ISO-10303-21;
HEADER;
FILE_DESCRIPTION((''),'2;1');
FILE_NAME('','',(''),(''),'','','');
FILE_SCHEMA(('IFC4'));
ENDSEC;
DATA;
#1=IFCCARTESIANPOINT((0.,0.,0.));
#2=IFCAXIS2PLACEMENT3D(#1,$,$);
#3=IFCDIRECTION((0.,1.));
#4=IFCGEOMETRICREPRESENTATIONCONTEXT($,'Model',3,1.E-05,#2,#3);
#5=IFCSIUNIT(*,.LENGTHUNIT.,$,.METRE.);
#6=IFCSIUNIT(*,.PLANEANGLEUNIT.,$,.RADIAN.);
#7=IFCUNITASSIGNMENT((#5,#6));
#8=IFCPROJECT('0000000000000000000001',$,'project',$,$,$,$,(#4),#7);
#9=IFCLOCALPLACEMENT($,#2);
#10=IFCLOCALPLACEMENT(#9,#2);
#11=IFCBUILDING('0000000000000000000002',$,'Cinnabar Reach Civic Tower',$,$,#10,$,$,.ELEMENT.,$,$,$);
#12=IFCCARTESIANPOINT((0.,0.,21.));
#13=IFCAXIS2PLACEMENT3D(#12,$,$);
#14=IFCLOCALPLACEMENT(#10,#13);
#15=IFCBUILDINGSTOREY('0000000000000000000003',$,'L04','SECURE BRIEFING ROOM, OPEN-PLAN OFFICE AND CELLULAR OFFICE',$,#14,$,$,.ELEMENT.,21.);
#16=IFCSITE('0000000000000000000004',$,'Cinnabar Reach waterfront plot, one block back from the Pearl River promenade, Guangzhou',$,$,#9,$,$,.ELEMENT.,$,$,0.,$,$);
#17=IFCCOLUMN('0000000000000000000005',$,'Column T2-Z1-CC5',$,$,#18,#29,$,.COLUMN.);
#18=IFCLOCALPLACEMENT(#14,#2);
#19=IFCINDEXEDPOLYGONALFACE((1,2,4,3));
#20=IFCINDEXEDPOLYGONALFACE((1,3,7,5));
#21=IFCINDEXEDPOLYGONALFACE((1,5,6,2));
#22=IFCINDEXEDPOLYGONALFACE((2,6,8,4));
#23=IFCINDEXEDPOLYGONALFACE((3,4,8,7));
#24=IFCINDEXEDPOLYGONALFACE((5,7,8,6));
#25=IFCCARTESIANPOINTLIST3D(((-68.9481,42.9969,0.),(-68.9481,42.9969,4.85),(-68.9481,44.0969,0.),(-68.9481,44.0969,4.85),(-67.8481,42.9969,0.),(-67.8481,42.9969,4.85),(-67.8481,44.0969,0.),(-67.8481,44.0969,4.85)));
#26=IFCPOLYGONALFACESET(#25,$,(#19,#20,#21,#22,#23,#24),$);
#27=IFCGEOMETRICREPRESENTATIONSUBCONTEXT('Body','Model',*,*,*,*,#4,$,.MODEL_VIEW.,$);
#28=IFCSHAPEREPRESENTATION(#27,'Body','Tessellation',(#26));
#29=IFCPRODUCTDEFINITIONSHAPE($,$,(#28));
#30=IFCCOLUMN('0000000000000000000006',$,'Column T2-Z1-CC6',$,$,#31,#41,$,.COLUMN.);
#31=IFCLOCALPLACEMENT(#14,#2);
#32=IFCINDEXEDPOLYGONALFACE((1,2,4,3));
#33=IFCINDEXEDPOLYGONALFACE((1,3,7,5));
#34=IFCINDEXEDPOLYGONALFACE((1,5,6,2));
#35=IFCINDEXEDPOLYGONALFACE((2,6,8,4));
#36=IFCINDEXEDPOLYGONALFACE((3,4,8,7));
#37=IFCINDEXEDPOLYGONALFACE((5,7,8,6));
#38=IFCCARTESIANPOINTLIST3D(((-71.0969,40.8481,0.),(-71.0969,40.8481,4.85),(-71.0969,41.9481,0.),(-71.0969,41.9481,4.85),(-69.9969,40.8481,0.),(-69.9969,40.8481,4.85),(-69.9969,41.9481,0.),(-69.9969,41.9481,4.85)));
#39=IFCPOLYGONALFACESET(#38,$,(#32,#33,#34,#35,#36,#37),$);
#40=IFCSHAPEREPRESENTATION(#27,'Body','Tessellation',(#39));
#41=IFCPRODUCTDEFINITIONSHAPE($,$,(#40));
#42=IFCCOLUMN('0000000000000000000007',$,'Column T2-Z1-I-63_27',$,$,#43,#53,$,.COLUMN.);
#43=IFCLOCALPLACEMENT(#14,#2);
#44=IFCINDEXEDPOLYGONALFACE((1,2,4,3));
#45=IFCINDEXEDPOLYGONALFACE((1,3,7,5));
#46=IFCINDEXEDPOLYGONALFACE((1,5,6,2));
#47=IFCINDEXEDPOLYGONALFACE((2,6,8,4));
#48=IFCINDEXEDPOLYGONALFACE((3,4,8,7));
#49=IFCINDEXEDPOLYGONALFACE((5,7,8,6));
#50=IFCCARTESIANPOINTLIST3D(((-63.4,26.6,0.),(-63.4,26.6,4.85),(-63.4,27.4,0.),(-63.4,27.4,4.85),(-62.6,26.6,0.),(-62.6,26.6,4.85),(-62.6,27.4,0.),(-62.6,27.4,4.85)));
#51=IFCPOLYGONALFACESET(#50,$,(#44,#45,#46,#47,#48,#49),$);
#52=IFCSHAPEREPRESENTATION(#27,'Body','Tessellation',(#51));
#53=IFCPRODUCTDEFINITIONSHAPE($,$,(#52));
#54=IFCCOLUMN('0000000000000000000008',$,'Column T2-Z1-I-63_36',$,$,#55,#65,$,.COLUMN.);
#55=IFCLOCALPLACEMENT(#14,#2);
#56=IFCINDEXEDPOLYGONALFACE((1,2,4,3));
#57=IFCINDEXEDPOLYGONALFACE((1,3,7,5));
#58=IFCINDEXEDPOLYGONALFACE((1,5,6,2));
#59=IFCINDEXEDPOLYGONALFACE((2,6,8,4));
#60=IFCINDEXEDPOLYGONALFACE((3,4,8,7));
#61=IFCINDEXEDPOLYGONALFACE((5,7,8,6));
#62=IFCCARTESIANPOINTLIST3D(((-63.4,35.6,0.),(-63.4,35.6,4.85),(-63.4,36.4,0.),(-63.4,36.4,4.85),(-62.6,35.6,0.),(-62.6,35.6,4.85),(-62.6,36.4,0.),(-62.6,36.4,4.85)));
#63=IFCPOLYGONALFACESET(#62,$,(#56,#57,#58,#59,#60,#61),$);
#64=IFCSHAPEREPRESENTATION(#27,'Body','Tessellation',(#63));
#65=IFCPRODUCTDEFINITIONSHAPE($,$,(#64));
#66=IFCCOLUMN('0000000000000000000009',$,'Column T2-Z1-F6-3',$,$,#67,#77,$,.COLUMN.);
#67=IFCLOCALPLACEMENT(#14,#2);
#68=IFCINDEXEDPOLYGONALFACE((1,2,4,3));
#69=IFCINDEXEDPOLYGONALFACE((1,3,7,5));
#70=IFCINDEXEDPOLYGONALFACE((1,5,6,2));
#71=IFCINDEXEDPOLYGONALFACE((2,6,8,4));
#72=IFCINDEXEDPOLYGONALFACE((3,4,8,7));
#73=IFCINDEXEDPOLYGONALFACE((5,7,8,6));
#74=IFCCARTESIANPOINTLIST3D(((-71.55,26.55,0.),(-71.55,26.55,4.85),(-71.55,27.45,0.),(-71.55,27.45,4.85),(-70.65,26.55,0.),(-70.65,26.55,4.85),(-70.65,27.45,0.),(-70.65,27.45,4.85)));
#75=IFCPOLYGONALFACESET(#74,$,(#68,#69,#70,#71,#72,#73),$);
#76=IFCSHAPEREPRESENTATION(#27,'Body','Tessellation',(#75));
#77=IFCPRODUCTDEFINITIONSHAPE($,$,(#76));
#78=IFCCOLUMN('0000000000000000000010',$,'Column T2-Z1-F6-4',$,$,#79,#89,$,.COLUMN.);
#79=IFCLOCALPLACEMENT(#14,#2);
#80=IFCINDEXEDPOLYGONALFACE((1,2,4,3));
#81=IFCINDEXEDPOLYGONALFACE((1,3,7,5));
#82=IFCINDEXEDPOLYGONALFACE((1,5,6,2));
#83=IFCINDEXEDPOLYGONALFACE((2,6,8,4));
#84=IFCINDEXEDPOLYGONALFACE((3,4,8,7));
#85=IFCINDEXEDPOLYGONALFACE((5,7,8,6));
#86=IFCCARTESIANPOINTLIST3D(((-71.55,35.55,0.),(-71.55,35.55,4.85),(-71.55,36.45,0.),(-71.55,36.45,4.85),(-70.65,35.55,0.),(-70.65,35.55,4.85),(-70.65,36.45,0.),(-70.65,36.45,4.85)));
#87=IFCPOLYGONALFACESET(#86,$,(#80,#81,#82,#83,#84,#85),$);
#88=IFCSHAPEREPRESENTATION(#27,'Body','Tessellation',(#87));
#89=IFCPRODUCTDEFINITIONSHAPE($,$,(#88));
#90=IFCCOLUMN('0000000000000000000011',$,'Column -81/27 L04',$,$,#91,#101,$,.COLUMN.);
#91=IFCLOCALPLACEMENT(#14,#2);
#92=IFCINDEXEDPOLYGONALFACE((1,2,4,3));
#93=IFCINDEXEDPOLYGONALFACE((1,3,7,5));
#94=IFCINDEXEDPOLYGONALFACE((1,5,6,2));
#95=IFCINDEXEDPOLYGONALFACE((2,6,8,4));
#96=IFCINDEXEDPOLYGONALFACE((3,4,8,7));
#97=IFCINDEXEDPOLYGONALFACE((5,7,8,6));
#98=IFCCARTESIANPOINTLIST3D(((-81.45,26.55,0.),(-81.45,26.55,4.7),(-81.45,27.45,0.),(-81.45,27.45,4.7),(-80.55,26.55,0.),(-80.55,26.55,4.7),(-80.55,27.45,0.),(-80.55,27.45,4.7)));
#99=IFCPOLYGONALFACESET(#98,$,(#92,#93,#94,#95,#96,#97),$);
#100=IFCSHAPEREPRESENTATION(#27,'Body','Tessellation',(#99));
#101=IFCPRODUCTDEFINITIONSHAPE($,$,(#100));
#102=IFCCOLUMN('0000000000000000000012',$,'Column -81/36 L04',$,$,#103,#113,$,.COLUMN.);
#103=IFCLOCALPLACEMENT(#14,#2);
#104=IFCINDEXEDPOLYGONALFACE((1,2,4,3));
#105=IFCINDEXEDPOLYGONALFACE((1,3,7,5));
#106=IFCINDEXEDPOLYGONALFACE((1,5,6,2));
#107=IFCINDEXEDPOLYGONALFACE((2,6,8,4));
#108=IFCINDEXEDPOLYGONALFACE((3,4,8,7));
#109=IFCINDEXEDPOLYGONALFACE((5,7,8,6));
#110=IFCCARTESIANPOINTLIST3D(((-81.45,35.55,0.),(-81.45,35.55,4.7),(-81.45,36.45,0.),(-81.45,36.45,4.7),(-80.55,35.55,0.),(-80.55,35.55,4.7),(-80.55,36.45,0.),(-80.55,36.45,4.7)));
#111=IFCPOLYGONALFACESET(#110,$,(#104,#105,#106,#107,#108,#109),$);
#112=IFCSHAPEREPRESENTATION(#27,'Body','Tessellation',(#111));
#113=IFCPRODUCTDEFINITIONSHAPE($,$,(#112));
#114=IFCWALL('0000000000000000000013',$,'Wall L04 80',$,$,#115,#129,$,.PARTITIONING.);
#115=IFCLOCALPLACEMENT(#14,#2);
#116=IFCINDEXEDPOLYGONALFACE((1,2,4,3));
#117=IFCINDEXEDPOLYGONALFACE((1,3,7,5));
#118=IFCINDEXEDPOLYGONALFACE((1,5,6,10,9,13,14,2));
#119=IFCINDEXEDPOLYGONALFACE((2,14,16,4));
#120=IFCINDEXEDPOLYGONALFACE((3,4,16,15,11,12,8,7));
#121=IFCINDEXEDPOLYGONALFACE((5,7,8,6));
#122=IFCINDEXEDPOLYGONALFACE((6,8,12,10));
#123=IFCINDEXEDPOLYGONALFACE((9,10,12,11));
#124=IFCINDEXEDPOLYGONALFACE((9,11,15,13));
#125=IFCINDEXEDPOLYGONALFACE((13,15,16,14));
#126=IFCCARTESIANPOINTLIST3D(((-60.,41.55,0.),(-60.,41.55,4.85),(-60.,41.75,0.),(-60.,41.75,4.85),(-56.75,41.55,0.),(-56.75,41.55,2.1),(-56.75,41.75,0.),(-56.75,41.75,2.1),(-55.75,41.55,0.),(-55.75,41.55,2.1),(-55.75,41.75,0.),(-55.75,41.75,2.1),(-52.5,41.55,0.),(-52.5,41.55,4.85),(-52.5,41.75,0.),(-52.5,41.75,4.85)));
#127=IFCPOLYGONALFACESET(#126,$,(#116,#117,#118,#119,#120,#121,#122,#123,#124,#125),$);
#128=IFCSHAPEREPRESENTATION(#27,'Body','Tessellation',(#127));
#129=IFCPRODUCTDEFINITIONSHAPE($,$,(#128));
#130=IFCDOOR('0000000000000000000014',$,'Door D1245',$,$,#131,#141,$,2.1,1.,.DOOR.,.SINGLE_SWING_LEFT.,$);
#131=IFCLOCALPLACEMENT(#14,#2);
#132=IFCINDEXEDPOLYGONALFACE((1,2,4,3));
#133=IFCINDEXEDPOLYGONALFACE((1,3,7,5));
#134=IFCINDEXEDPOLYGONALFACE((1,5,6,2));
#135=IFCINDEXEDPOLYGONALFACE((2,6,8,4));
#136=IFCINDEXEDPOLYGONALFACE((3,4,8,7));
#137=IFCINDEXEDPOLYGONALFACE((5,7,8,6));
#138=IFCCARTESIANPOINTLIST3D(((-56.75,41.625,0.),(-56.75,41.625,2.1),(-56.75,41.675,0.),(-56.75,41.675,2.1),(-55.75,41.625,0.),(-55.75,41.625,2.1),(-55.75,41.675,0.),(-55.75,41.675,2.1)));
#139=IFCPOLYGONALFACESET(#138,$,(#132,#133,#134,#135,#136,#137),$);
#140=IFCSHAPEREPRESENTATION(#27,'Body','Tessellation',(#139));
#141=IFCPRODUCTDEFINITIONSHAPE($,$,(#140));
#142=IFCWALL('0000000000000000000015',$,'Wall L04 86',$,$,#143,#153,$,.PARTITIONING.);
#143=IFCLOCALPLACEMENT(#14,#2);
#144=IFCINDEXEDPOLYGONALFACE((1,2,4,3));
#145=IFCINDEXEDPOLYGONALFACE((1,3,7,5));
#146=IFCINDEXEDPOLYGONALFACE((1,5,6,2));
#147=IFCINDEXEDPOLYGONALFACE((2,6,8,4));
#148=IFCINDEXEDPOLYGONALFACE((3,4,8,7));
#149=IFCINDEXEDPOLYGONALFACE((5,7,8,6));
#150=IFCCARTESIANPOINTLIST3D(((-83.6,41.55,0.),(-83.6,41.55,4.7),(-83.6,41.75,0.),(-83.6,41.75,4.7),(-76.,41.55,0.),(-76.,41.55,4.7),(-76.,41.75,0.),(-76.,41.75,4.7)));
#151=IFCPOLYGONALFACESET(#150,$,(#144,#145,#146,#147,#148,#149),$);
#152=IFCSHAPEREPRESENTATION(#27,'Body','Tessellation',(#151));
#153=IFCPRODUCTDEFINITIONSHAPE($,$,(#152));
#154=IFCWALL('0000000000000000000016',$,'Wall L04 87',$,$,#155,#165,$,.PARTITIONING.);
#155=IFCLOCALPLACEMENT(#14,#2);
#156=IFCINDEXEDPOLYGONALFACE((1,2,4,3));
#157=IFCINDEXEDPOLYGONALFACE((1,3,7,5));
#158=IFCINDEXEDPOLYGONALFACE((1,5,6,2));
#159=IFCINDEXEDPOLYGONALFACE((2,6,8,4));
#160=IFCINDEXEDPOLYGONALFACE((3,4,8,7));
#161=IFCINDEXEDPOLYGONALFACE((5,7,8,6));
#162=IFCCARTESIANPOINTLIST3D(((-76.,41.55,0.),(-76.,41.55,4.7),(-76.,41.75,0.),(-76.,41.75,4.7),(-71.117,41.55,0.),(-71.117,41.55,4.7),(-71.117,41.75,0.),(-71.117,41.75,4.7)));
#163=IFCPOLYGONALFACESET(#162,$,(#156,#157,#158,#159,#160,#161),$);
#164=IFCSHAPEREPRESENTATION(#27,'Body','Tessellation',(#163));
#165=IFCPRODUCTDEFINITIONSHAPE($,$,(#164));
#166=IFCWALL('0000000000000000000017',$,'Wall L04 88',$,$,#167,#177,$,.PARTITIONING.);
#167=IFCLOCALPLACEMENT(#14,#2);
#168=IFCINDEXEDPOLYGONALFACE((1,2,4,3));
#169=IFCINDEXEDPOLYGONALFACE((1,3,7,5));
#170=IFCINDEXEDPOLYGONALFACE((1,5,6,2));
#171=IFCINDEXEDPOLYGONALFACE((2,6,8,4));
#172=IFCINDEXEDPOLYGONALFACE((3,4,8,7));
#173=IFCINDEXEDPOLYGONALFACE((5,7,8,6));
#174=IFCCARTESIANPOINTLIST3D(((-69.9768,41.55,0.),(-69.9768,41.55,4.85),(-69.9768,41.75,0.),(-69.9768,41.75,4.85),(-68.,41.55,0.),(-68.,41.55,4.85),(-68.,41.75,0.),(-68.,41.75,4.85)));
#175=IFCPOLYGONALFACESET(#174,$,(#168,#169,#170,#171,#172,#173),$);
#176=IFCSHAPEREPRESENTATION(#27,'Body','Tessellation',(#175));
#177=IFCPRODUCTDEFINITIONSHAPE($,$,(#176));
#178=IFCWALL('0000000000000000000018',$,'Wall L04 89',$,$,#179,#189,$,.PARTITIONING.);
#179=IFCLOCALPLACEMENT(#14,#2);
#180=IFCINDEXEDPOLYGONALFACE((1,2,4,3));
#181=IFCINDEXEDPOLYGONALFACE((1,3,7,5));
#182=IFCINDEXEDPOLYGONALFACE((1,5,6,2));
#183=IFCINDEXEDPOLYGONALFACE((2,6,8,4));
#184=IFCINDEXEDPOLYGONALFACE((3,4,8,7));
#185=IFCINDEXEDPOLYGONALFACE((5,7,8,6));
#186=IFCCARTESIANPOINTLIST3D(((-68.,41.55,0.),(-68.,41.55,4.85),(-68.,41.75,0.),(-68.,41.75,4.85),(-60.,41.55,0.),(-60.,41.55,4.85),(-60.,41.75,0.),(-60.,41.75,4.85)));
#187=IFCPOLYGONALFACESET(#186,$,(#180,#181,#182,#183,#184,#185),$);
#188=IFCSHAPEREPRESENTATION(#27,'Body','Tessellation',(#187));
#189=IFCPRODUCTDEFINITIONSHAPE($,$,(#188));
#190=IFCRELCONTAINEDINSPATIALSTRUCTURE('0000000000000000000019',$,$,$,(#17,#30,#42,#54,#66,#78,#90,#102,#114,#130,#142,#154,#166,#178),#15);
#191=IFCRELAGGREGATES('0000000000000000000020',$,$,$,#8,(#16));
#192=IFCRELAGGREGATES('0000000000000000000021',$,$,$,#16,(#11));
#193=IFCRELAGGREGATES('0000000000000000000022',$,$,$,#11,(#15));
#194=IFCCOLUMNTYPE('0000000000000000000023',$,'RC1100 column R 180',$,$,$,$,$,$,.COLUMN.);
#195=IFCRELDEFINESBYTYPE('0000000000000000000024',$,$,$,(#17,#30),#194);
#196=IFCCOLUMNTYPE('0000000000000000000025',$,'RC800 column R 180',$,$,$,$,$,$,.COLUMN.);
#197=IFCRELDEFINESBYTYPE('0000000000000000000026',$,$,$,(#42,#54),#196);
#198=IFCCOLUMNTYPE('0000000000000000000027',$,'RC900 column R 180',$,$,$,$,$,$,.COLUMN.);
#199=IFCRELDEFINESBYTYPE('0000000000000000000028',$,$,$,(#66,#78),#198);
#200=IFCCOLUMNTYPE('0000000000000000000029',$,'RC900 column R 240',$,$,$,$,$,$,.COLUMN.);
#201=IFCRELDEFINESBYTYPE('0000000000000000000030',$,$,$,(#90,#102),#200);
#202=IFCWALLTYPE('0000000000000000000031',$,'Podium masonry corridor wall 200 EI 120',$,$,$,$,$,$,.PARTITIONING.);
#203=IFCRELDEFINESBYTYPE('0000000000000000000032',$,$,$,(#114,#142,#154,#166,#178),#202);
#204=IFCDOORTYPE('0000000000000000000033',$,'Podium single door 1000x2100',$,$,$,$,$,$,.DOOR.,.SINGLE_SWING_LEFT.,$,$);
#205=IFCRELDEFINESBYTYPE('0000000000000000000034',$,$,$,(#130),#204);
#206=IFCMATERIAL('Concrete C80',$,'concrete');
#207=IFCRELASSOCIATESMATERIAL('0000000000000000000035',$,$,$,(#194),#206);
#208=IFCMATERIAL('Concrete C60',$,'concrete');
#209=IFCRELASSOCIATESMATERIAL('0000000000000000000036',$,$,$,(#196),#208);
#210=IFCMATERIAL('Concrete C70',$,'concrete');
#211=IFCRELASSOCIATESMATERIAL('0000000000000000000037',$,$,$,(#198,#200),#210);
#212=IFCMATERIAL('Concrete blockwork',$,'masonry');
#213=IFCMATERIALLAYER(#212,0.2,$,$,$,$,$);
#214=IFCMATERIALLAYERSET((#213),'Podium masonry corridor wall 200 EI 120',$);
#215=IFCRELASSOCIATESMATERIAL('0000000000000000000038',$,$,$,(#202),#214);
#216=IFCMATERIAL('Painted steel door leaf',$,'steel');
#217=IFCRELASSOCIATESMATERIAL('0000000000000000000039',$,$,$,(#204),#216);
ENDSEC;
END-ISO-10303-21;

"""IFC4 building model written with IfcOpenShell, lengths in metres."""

from ifc_helpers import new_model, si_unit, direction, frame, frame_2d, origin, origin_2d, place, context, subcontext, project, spatial, rectangle, extrude, material, layer, layer_set, material_profile, profile_set, type_object, element, fill, save


model = new_model("IFC4")

# Units and contexts
model_context = context("Model", 3, precision=1e-05, world=origin(), true_north=direction((0.0, 1.0)))
body_context = subcontext(model_context, "Body", "Model", "MODEL_VIEW")
ifc_project = project(units=[si_unit("LENGTHUNIT", "METRE"), si_unit("PLANEANGLEUNIT", "RADIAN")], contexts=[model_context])

# Site, building, storey
site_placement = place(None, origin())
site = spatial("IfcSite", under=ifc_project, at=site_placement, Name="Cinnabar Reach waterfront plot, one block back from the Pearl River promenade, Guangzhou", CompositionType="ELEMENT", RefElevation=0.0)
building_placement = place(site_placement, origin())
building = spatial("IfcBuilding", under=site, at=building_placement, Name="Cinnabar Reach Civic Tower", CompositionType="ELEMENT")
storey_placement = place(building_placement, frame((0.0, 0.0, 21.0)))
storey = spatial("IfcBuildingStorey", under=building, at=storey_placement, Name="L04", Description="SECURE BRIEFING ROOM, OPEN-PLAN OFFICE AND CELLULAR OFFICE", CompositionType="ELEMENT", Elevation=21.0)

# Columns
ifc_material_1 = material(Name="Concrete C80", Category="concrete")
ifc_material_profile_1 = material_profile(ifc_material_1, rectangle(XDim=1.1, YDim=1.1, at=origin_2d()), Name="RC1100")
ifc_profile_set_1 = profile_set([ifc_material_profile_1], Name="Concrete C80")
column_type_1 = type_object("IfcColumnType", Name="RC1100 column R 180", PredefinedType="COLUMN", material=ifc_profile_set_1)
for number, where, z_axis, x_axis, name in (
    (1, (-68.3981, 43.5469, 0.0), (0.0, 0.0, 1.0), (1.0, 0.0, 0.0), "Column T2-Z1-CC5"),
    (2, (-70.5469, 41.3981, 0.0), (0.0, 0.0, 1.0), (1.0, 0.0, 0.0), "Column T2-Z1-CC6"),
):
    element("IfcColumn", number, at=place(storey_placement, frame(where, z_axis=z_axis, x_axis=x_axis)), inside=storey, type_object=column_type_1, Name=name, PredefinedType="COLUMN", context=body_context, shape_type="SweptSolid", body=[
        extrude(rectangle(XDim=1.1, YDim=1.1, at=origin_2d()), origin(), (0.0, 0.0, 1.0), 4.85),
    ])
ifc_material_2 = material(Name="Concrete C60", Category="concrete")
ifc_material_profile_2 = material_profile(ifc_material_2, rectangle(XDim=0.8, YDim=0.8, at=origin_2d()), Name="RC800")
ifc_profile_set_2 = profile_set([ifc_material_profile_2], Name="Concrete C60")
column_type_2 = type_object("IfcColumnType", Name="RC800 column R 180", PredefinedType="COLUMN", material=ifc_profile_set_2)
for number, where, z_axis, x_axis, name in (
    (3, (-63.0, 27.0, 0.0), (0.0, 0.0, 1.0), (1.0, 0.0, 0.0), "Column T2-Z1-I-63_27"),
    (4, (-63.0, 36.0, 0.0), (0.0, 0.0, 1.0), (1.0, 0.0, 0.0), "Column T2-Z1-I-63_36"),
):
    element("IfcColumn", number, at=place(storey_placement, frame(where, z_axis=z_axis, x_axis=x_axis)), inside=storey, type_object=column_type_2, Name=name, PredefinedType="COLUMN", context=body_context, shape_type="SweptSolid", body=[
        extrude(rectangle(XDim=0.8, YDim=0.8, at=origin_2d()), origin(), (0.0, 0.0, 1.0), 4.85),
    ])
ifc_material_3 = material(Name="Concrete C70", Category="concrete")
ifc_material_profile_3 = material_profile(ifc_material_3, rectangle(XDim=0.9, YDim=0.9, at=origin_2d()), Name="RC900")
ifc_profile_set_3 = profile_set([ifc_material_profile_3], Name="Concrete C70")
column_type_3 = type_object("IfcColumnType", Name="RC900 column R 180", PredefinedType="COLUMN", material=ifc_profile_set_3)
for number, where, z_axis, x_axis, name in (
    (5, (-71.1, 27.0, 0.0), (0.0, 0.0, 1.0), (1.0, 0.0, 0.0), "Column T2-Z1-F6-3"),
    (6, (-71.1, 36.0, 0.0), (0.0, 0.0, 1.0), (1.0, 0.0, 0.0), "Column T2-Z1-F6-4"),
):
    element("IfcColumn", number, at=place(storey_placement, frame(where, z_axis=z_axis, x_axis=x_axis)), inside=storey, type_object=column_type_3, Name=name, PredefinedType="COLUMN", context=body_context, shape_type="SweptSolid", body=[
        extrude(rectangle(XDim=0.9, YDim=0.9, at=origin_2d()), origin(), (0.0, 0.0, 1.0), 4.85),
    ])
ifc_material_profile_4 = material_profile(ifc_material_3, rectangle(XDim=0.9, YDim=0.9, at=origin_2d()), Name="RC900")
ifc_profile_set_4 = profile_set([ifc_material_profile_4], Name="Concrete C70")
column_type_4 = type_object("IfcColumnType", Name="RC900 column R 240", PredefinedType="COLUMN", material=ifc_profile_set_4)
for number, where, z_axis, x_axis, name in (
    (7, (-81.0, 27.0, 0.0), (0.0, 0.0, 1.0), (1.0, 0.0, 0.0), "Column -81/27 L04"),
    (8, (-81.0, 36.0, 0.0), (0.0, 0.0, 1.0), (1.0, 0.0, 0.0), "Column -81/36 L04"),
):
    element("IfcColumn", number, at=place(storey_placement, frame(where, z_axis=z_axis, x_axis=x_axis)), inside=storey, type_object=column_type_4, Name=name, PredefinedType="COLUMN", context=body_context, shape_type="SweptSolid", body=[
        extrude(rectangle(XDim=0.9, YDim=0.9, at=origin_2d()), origin(), (0.0, 0.0, 1.0), 4.7),
    ])

# Wall, opening, door
ifc_material_4 = material(Name="Concrete blockwork", Category="masonry")
ifc_layer_1 = layer(ifc_material_4, 0.2)
ifc_layer_set_1 = layer_set([ifc_layer_1], Name="Podium masonry corridor wall 200 EI 120")
wall_type_1 = type_object("IfcWallType", Name="Podium masonry corridor wall 200 EI 120", PredefinedType="PARTITIONING", material=ifc_layer_set_1)
wall_1_placement = place(storey_placement, frame((-60.0, 41.65, 0.0), z_axis=(0.0, 0.0, 1.0), x_axis=(1.0, 0.0, 0.0)))
wall_1 = element("IfcWall", 9, at=wall_1_placement, inside=storey, type_object=wall_type_1, Name="Wall L04 80", PredefinedType="PARTITIONING", context=body_context, shape_type="SweptSolid", body=[
    extrude(rectangle(XDim=7.5, YDim=0.2, at=frame_2d((3.75, 0.0))), origin(), (0.0, 0.0, 1.0), 4.85),
])
opening_placement = place(wall_1_placement, frame((3.25, 0.0, 0.0)))
opening = element("IfcOpeningElement", 10, at=opening_placement, cuts=wall_1, PredefinedType="OPENING", context=body_context, shape_type="SweptSolid", body=[
    extrude(rectangle(XDim=1.0, YDim=2.1, at=frame_2d((0.5, 1.05))), frame((0.0, 0.11, 0.0), z_axis=(0.0, -1.0, 0.0), x_axis=(1.0, 0.0, 0.0)), (0.0, 0.0, 1.0), 0.22),
])
ifc_material_5 = material(Name="Painted steel door leaf", Category="steel")
door_type = type_object("IfcDoorType", Name="Podium single door 1000x2100", OperationType="SINGLE_SWING_LEFT", PredefinedType="DOOR", material=ifc_material_5)
door_placement = place(opening_placement, frame((1.0, 0.0, 0.0), z_axis=(0.0, 0.0, 1.0), x_axis=(-1.0, 0.0, 0.0)))
door = element("IfcDoor", 11, at=door_placement, inside=storey, type_object=door_type, Name="Door D1245", OperationType="SINGLE_SWING_LEFT", OverallHeight=2.1, OverallWidth=1.0, PredefinedType="DOOR", context=body_context, shape_type="SweptSolid", body=[
    extrude(rectangle(XDim=1.0, YDim=2.1, at=frame_2d((0.5, 1.05))), frame((0.0, 0.025, 0.0), z_axis=(0.0, -1.0, 0.0), x_axis=(1.0, 0.0, 0.0)), (0.0, 0.0, 1.0), 0.05),
])
fill(opening, door)

# Walls
wall_2_placement = place(storey_placement, frame((-83.6, 41.65, 0.0), z_axis=(0.0, 0.0, 1.0), x_axis=(1.0, 0.0, 0.0)))
element("IfcWall", 12, at=wall_2_placement, inside=storey, type_object=wall_type_1, Name="Wall L04 86", PredefinedType="PARTITIONING", context=body_context, shape_type="SweptSolid", body=[
    extrude(rectangle(XDim=7.6, YDim=0.2, at=frame_2d((3.8, 0.0))), origin(), (0.0, 0.0, 1.0), 4.7),
])
wall_3_placement = place(storey_placement, frame((-76.0, 41.65, 0.0), z_axis=(0.0, 0.0, 1.0), x_axis=(1.0, 0.0, 0.0)))
element("IfcWall", 13, at=wall_3_placement, inside=storey, type_object=wall_type_1, Name="Wall L04 87", PredefinedType="PARTITIONING", context=body_context, shape_type="SweptSolid", body=[
    extrude(rectangle(XDim=4.8831, YDim=0.2, at=frame_2d((2.4415, 0.0))), origin(), (0.0, 0.0, 1.0), 4.7),
])
wall_4_placement = place(storey_placement, frame((-69.9769, 41.65, 0.0), z_axis=(0.0, 0.0, 1.0), x_axis=(1.0, 0.0, 0.0)))
element("IfcWall", 14, at=wall_4_placement, inside=storey, type_object=wall_type_1, Name="Wall L04 88", PredefinedType="PARTITIONING", context=body_context, shape_type="SweptSolid", body=[
    extrude(rectangle(XDim=1.9769, YDim=0.2, at=frame_2d((0.9885, 0.0))), origin(), (0.0, 0.0, 1.0), 4.85),
])
wall_5_placement = place(storey_placement, frame((-68.0, 41.65, 0.0), z_axis=(0.0, 0.0, 1.0), x_axis=(1.0, 0.0, 0.0)))
element("IfcWall", 15, at=wall_5_placement, inside=storey, type_object=wall_type_1, Name="Wall L04 89", PredefinedType="PARTITIONING", context=body_context, shape_type="SweptSolid", body=[
    extrude(rectangle(XDim=8.0, YDim=0.2, at=frame_2d((4.0, 0.0))), origin(), (0.0, 0.0, 1.0), 4.85),
])

save(model, "model.ifc")
